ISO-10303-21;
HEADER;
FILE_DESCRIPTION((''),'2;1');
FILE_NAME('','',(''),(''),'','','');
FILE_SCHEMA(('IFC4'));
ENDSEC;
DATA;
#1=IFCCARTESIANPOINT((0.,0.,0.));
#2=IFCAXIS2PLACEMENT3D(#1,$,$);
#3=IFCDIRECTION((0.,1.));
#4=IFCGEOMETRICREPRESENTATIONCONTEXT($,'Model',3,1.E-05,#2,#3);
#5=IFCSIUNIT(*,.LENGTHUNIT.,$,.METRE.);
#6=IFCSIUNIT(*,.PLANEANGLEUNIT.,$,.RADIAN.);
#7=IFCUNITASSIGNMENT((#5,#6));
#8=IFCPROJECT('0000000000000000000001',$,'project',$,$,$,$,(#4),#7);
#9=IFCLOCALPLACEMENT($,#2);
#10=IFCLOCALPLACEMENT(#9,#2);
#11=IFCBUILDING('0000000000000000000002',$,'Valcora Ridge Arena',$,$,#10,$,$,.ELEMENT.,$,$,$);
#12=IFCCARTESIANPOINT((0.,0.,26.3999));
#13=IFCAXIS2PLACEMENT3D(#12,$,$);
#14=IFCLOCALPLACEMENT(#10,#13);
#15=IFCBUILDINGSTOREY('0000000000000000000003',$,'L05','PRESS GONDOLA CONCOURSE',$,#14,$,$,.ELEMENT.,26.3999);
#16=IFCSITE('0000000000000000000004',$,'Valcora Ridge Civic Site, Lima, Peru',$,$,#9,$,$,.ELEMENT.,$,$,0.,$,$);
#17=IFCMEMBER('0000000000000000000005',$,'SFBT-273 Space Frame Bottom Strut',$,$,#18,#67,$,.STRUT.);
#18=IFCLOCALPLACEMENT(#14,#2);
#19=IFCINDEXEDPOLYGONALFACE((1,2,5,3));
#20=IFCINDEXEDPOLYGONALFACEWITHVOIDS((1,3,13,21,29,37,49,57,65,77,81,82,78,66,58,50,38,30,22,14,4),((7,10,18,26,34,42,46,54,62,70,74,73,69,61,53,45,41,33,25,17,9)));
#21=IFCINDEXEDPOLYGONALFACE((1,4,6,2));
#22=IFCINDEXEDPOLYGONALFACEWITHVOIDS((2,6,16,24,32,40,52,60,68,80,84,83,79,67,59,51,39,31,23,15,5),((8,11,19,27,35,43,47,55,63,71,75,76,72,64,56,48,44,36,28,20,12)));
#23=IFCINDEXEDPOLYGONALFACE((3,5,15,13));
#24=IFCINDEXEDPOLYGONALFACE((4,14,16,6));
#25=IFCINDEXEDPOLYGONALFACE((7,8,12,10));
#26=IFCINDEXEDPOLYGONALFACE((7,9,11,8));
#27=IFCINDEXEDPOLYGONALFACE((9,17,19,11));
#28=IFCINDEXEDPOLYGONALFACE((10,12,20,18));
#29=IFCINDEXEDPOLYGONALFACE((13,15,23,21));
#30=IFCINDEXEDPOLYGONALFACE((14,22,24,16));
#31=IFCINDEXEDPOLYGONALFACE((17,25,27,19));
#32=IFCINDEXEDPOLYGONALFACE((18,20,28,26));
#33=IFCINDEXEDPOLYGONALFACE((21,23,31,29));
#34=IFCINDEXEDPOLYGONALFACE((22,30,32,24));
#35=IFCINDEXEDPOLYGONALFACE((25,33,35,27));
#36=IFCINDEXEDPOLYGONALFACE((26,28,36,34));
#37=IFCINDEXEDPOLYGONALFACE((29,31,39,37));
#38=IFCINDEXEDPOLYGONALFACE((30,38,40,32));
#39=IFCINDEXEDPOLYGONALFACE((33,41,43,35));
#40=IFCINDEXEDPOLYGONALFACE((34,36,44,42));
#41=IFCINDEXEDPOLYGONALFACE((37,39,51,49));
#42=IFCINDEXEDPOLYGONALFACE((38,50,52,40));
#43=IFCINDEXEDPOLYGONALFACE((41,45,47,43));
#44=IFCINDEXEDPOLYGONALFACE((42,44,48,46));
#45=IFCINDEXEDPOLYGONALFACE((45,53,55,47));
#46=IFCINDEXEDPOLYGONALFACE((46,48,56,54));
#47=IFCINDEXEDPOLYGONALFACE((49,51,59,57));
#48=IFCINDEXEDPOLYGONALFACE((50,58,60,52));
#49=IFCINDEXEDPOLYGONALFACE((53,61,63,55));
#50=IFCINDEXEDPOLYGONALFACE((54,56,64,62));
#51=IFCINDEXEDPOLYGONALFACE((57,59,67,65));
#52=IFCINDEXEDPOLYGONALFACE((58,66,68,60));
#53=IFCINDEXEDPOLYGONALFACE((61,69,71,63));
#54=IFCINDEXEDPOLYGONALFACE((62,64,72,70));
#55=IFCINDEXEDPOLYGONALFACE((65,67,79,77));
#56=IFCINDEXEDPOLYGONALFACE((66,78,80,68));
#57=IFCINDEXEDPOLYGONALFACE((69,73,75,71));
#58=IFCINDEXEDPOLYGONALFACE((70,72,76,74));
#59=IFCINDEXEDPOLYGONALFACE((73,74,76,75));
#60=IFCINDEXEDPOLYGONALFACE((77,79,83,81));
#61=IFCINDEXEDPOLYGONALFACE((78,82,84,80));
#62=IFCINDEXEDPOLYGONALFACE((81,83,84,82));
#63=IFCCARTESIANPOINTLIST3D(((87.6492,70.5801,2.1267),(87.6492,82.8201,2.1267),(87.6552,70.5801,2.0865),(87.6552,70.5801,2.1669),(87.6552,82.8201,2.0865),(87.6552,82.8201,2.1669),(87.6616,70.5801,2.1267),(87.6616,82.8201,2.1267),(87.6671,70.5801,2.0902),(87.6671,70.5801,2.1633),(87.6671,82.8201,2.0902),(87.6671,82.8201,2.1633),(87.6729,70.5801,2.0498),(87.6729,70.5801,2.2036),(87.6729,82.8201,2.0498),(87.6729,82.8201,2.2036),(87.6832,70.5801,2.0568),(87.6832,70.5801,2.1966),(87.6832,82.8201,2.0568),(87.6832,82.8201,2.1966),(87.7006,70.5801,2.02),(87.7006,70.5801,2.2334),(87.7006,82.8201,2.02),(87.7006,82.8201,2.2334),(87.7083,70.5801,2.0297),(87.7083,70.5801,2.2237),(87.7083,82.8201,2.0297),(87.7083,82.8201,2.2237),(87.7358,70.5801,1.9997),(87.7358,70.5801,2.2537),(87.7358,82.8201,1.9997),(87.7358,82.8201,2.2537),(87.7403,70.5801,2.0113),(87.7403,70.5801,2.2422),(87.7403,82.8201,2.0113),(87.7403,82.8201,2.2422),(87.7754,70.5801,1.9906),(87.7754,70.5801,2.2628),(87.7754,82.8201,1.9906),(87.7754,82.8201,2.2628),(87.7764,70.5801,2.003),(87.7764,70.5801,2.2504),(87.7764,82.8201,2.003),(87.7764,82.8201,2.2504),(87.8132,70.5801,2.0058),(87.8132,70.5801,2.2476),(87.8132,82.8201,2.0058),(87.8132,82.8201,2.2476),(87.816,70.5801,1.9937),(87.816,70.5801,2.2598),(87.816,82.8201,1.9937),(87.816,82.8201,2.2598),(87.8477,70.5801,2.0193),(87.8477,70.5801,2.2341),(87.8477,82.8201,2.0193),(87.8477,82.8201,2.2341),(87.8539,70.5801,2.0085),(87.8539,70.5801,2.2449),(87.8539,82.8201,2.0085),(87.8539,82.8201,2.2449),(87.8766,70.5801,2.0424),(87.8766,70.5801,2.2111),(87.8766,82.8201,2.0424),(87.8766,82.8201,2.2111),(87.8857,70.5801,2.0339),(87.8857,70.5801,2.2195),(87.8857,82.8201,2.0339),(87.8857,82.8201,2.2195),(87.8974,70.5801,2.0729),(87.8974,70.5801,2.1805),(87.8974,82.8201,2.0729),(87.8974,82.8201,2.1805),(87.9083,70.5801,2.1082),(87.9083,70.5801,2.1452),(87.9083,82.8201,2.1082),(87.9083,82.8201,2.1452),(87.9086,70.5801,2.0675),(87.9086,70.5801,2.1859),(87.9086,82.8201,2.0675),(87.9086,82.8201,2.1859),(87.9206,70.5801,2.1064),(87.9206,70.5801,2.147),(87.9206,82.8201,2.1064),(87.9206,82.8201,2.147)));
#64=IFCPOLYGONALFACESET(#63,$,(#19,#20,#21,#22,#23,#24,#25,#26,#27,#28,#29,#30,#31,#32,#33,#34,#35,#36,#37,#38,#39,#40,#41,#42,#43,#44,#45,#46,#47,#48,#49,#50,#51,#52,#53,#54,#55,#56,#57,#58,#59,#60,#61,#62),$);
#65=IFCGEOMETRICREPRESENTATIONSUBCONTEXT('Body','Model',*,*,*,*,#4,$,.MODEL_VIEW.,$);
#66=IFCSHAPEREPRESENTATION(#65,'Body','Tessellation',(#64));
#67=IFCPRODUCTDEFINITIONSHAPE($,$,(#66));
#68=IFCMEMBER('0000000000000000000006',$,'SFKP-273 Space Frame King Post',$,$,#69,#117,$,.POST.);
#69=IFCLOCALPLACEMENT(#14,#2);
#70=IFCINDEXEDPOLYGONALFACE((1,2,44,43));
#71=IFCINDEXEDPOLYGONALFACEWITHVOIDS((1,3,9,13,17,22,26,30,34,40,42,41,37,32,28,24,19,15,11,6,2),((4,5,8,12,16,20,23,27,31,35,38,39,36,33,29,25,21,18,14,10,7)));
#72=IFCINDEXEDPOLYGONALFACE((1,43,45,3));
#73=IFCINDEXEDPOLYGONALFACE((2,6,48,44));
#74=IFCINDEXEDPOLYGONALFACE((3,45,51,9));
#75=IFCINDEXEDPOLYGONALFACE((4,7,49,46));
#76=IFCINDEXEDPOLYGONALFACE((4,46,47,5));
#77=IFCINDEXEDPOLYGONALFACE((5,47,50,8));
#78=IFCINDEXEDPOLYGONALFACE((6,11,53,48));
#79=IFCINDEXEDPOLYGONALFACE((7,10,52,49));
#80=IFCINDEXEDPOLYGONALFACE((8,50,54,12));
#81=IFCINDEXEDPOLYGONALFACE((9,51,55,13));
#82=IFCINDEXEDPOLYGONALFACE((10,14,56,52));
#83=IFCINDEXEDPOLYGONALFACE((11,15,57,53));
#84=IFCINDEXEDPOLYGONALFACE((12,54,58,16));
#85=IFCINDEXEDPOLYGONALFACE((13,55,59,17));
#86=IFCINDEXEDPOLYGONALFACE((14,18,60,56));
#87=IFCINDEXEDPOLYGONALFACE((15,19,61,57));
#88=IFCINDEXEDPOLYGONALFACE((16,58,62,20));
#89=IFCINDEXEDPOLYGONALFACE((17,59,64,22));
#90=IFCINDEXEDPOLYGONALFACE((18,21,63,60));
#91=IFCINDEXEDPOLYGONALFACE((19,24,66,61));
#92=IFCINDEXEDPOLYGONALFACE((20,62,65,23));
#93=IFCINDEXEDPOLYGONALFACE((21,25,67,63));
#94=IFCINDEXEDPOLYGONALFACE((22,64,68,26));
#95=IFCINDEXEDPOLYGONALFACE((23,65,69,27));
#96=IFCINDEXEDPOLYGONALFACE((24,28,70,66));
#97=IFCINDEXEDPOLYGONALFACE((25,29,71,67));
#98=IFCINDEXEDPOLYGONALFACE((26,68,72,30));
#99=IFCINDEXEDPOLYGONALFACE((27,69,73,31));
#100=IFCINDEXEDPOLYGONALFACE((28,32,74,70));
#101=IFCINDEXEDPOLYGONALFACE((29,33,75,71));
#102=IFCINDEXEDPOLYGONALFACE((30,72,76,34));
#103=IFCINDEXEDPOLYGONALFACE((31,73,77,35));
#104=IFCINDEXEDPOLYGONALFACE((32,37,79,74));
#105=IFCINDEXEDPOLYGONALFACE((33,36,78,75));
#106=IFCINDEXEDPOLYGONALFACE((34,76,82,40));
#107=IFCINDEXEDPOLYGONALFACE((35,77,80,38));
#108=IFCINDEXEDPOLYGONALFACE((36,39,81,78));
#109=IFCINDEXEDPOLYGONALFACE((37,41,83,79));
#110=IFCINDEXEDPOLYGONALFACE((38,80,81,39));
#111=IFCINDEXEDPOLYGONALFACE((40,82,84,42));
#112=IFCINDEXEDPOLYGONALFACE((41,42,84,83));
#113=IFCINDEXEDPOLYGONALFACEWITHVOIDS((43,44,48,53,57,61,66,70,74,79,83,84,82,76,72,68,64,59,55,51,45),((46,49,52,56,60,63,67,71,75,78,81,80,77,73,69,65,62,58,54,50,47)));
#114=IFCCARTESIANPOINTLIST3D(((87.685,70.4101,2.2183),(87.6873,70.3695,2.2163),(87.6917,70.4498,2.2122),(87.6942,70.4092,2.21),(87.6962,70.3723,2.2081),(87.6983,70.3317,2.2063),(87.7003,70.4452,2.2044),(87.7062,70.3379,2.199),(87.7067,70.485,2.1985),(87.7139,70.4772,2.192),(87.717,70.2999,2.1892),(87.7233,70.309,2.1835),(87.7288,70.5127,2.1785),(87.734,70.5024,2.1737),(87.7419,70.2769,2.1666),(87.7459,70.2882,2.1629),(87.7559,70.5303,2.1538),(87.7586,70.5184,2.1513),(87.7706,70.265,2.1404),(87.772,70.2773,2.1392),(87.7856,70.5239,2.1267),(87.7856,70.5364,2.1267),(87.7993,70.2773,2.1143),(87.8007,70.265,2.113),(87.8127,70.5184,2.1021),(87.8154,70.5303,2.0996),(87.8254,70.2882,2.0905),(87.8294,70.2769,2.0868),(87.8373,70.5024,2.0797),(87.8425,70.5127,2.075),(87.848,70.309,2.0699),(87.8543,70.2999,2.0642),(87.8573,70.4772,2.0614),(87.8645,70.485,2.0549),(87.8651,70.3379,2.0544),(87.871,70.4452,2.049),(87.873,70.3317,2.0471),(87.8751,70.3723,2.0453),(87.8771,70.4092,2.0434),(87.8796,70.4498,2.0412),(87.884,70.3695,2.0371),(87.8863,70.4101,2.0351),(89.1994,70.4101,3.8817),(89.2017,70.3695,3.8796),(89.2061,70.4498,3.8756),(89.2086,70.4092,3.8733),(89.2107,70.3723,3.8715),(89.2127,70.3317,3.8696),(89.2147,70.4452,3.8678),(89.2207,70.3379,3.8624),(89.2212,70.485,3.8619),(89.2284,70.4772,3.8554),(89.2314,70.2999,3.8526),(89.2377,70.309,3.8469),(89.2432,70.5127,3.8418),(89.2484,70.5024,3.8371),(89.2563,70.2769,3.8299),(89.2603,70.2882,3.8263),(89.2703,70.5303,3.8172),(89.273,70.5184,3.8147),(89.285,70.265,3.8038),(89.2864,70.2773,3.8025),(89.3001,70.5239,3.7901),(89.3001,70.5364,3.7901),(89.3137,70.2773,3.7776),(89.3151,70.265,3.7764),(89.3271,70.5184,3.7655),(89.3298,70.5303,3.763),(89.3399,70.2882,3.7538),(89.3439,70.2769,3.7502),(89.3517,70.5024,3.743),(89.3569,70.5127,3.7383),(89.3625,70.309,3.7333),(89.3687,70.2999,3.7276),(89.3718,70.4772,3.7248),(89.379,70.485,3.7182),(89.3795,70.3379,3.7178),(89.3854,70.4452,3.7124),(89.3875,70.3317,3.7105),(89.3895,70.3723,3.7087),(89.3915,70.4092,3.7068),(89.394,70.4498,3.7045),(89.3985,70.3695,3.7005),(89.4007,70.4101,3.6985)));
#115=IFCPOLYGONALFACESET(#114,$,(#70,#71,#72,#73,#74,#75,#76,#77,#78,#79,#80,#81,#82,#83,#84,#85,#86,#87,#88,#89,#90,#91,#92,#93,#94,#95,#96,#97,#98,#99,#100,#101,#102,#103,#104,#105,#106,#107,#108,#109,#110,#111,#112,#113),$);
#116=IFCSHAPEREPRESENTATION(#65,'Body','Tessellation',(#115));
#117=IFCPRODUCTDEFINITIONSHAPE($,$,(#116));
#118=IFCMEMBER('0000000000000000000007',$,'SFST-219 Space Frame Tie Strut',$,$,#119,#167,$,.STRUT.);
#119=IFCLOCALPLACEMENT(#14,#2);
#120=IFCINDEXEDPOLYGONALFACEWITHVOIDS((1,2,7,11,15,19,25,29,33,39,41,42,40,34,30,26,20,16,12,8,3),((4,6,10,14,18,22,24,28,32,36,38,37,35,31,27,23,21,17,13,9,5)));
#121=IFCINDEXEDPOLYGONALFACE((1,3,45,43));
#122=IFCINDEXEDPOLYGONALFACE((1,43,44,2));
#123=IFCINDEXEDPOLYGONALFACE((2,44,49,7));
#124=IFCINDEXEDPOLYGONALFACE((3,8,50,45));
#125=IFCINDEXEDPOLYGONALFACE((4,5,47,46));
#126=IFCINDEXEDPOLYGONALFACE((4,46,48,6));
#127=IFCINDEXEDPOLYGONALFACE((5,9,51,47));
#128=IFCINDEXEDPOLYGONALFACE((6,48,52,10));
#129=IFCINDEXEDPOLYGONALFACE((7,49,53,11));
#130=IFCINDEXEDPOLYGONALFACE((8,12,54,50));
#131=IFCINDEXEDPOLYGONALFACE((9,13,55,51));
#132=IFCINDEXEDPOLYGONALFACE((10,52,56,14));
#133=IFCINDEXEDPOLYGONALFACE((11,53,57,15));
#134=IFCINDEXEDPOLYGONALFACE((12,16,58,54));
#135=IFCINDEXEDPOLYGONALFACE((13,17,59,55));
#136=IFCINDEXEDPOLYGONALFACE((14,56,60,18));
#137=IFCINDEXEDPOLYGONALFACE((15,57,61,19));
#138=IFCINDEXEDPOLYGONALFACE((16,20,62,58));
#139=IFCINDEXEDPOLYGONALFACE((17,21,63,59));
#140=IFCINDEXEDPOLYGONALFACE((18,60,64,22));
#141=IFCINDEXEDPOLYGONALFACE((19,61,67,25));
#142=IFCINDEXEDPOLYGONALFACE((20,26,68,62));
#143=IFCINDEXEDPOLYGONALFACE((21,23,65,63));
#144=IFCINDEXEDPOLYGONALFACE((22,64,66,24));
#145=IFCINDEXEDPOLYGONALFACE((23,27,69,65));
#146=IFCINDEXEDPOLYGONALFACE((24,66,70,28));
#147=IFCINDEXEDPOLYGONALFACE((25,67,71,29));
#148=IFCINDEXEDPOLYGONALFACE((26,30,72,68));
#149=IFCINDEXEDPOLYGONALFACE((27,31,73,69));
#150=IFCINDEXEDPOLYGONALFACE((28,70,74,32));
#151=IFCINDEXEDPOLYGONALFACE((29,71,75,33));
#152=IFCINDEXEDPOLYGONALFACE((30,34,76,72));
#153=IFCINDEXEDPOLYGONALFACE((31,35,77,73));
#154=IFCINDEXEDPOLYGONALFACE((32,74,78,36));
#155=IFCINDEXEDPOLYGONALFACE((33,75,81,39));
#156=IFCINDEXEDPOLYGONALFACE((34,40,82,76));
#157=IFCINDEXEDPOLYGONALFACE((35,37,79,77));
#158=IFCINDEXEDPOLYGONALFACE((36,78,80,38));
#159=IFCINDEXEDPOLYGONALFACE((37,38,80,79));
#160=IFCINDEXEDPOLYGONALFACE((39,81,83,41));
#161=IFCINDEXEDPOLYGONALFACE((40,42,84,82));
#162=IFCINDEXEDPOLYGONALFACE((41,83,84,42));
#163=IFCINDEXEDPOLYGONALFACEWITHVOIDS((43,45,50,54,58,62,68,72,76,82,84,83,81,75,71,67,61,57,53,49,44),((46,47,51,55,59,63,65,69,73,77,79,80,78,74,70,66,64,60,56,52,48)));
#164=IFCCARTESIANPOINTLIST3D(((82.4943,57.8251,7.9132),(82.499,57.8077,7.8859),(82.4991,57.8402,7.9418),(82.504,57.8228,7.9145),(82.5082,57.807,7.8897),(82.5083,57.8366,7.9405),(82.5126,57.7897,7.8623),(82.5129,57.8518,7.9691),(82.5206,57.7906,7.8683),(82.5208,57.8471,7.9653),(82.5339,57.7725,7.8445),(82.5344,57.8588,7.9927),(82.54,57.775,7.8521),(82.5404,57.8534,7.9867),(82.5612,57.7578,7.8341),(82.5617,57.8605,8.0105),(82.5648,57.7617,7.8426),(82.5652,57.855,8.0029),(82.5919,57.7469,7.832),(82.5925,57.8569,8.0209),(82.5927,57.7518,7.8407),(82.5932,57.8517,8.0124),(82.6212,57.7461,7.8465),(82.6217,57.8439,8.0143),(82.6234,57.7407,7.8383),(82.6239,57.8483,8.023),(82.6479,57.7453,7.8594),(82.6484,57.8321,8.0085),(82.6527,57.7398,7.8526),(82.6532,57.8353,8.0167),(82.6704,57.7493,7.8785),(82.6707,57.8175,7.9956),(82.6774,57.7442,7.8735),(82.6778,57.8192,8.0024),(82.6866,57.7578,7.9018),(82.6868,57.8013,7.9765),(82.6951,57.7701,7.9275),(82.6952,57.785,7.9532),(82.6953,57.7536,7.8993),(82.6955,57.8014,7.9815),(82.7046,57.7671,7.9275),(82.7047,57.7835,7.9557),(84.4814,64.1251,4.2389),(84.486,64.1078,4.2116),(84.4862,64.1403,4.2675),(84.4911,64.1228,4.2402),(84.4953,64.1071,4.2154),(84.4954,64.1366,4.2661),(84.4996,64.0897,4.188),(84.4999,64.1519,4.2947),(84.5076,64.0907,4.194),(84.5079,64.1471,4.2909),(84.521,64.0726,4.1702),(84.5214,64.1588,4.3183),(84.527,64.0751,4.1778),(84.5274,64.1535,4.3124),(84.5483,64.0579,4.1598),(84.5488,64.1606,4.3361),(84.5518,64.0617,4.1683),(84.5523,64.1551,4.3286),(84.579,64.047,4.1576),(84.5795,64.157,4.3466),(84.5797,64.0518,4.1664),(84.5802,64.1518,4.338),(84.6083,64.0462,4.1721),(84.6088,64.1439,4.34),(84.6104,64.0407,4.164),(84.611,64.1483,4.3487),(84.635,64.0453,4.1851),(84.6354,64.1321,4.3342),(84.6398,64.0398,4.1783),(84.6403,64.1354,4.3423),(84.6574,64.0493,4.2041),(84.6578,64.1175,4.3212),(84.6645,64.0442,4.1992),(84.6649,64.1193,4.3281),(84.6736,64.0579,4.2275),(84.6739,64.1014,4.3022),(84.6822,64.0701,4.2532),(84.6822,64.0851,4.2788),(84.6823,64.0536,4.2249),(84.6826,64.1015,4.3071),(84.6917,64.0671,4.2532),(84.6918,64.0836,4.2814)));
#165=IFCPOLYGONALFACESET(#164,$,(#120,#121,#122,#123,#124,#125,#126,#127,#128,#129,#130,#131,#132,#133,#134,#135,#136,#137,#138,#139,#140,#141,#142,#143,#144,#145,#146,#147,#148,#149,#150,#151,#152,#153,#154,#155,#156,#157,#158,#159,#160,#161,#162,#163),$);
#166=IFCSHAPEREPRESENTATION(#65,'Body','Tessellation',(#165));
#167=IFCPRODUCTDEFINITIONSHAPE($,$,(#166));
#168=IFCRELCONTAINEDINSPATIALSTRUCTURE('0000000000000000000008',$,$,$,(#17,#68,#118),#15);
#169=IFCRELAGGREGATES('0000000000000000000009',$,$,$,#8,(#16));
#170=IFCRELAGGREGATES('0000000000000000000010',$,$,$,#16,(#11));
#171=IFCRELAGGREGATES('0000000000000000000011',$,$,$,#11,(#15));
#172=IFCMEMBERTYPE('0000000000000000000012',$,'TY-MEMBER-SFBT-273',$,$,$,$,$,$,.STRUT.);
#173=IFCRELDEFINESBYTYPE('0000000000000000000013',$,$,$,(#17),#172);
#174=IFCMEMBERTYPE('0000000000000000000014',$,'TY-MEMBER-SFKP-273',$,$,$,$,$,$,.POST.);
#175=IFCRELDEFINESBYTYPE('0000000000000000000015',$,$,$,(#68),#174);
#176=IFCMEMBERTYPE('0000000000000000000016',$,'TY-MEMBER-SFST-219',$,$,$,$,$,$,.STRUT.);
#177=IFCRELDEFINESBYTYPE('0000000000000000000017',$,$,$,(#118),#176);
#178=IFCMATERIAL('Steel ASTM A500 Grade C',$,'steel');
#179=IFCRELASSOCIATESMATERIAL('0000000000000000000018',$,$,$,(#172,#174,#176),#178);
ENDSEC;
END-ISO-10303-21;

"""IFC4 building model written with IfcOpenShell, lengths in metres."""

from ifc_helpers import new_model, si_unit, direction, frame, origin, origin_2d, place, context, subcontext, project, spatial, hollow_circle, extrude, material, material_profile, profile_set, type_object, element, save


model = new_model("IFC4")

# Units and contexts
model_context = context("Model", 3, precision=1e-05, world=origin(), true_north=direction((0.0, 1.0)))
body_context = subcontext(model_context, "Body", "Model", "MODEL_VIEW")
ifc_project = project(units=[si_unit("LENGTHUNIT", "METRE"), si_unit("PLANEANGLEUNIT", "RADIAN")], contexts=[model_context])

# Site, building, storey
site_placement = place(None, origin())
site = spatial("IfcSite", under=ifc_project, at=site_placement, Name="Valcora Ridge Civic Site, Lima, Peru", CompositionType="ELEMENT", RefElevation=0.0)
building_placement = place(site_placement, origin())
building = spatial("IfcBuilding", under=site, at=building_placement, Name="Valcora Ridge Arena", CompositionType="ELEMENT")
storey_placement = place(building_placement, frame((0.0, 0.0, 26.3999)))
storey = spatial("IfcBuildingStorey", under=building, at=storey_placement, Name="L05", Description="PRESS GONDOLA CONCOURSE", CompositionType="ELEMENT", Elevation=26.3999)

# Members
ifc_material_1 = material(Name="Steel ASTM A500 Grade C", Category="steel")
ifc_material_profile_1 = material_profile(ifc_material_1, hollow_circle(Radius=0.1365, WallThickness=0.0125, at=origin_2d()), Name="CHS273X12")
ifc_profile_set_1 = profile_set([ifc_material_profile_1], Name="Steel ASTM A500 Grade C")
member_type_1 = type_object("IfcMemberType", Name="TY-MEMBER-SFBT-273", PredefinedType="STRUT", material=ifc_profile_set_1)
member_1_placement = place(storey_placement, frame((87.7856, 70.5801, 2.1267), z_axis=(0.0, 1.0, 0.0), x_axis=(-1.0, 0.0, 0.0)))
element("IfcMember", 1, at=member_1_placement, inside=storey, type_object=member_type_1, Name="SFBT-273 Space Frame Bottom Strut", PredefinedType="STRUT", context=body_context, shape_type="SweptSolid", body=[
    extrude(hollow_circle(Radius=0.1365, WallThickness=0.0125, at=origin_2d()), origin(), (0.0, 0.0, 1.0), 12.24),
])
ifc_material_profile_2 = material_profile(ifc_material_1, hollow_circle(Radius=0.1365, WallThickness=0.0125, at=origin_2d()), Name="CHS273X12")
ifc_profile_set_2 = profile_set([ifc_material_profile_2], Name="Steel ASTM A500 Grade C")
member_type_2 = type_object("IfcMemberType", Name="TY-MEMBER-SFKP-273", PredefinedType="POST", material=ifc_profile_set_2)
member_2_placement = place(storey_placement, frame((87.7856, 70.3999, 2.1267), z_axis=(0.673229, 0.0, 0.739434), x_axis=(0.0, 1.0, 0.0)))
element("IfcMember", 2, at=member_2_placement, inside=storey, type_object=member_type_2, Name="SFKP-273 Space Frame King Post", PredefinedType="POST", context=body_context, shape_type="SweptSolid", body=[
    extrude(hollow_circle(Radius=0.1365, WallThickness=0.0125, at=origin_2d()), origin(), (0.0, 0.0, 1.0), 2.2495),
])
ifc_material_profile_3 = material_profile(ifc_material_1, hollow_circle(Radius=0.1096, WallThickness=0.01, at=origin_2d()), Name="CHS219X10")
ifc_profile_set_3 = profile_set([ifc_material_profile_3], Name="Steel ASTM A500 Grade C")
member_type_3 = type_object("IfcMemberType", Name="TY-MEMBER-SFST-219", PredefinedType="STRUT", material=ifc_profile_set_3)
member_3_placement = place(storey_placement, frame((84.5872, 64.1001, 4.2532), z_axis=(-0.262871, -0.833442, 0.48608), x_axis=(0.953688, -0.300797, 0.0)))
element("IfcMember", 3, at=member_3_placement, inside=storey, type_object=member_type_3, Name="SFST-219 Space Frame Tie Strut", PredefinedType="STRUT", context=body_context, shape_type="SweptSolid", body=[
    extrude(hollow_circle(Radius=0.1096, WallThickness=0.01, at=origin_2d()), origin(), (0.0, 0.0, 1.0), 7.5591),
])

save(model, "model.ifc")
